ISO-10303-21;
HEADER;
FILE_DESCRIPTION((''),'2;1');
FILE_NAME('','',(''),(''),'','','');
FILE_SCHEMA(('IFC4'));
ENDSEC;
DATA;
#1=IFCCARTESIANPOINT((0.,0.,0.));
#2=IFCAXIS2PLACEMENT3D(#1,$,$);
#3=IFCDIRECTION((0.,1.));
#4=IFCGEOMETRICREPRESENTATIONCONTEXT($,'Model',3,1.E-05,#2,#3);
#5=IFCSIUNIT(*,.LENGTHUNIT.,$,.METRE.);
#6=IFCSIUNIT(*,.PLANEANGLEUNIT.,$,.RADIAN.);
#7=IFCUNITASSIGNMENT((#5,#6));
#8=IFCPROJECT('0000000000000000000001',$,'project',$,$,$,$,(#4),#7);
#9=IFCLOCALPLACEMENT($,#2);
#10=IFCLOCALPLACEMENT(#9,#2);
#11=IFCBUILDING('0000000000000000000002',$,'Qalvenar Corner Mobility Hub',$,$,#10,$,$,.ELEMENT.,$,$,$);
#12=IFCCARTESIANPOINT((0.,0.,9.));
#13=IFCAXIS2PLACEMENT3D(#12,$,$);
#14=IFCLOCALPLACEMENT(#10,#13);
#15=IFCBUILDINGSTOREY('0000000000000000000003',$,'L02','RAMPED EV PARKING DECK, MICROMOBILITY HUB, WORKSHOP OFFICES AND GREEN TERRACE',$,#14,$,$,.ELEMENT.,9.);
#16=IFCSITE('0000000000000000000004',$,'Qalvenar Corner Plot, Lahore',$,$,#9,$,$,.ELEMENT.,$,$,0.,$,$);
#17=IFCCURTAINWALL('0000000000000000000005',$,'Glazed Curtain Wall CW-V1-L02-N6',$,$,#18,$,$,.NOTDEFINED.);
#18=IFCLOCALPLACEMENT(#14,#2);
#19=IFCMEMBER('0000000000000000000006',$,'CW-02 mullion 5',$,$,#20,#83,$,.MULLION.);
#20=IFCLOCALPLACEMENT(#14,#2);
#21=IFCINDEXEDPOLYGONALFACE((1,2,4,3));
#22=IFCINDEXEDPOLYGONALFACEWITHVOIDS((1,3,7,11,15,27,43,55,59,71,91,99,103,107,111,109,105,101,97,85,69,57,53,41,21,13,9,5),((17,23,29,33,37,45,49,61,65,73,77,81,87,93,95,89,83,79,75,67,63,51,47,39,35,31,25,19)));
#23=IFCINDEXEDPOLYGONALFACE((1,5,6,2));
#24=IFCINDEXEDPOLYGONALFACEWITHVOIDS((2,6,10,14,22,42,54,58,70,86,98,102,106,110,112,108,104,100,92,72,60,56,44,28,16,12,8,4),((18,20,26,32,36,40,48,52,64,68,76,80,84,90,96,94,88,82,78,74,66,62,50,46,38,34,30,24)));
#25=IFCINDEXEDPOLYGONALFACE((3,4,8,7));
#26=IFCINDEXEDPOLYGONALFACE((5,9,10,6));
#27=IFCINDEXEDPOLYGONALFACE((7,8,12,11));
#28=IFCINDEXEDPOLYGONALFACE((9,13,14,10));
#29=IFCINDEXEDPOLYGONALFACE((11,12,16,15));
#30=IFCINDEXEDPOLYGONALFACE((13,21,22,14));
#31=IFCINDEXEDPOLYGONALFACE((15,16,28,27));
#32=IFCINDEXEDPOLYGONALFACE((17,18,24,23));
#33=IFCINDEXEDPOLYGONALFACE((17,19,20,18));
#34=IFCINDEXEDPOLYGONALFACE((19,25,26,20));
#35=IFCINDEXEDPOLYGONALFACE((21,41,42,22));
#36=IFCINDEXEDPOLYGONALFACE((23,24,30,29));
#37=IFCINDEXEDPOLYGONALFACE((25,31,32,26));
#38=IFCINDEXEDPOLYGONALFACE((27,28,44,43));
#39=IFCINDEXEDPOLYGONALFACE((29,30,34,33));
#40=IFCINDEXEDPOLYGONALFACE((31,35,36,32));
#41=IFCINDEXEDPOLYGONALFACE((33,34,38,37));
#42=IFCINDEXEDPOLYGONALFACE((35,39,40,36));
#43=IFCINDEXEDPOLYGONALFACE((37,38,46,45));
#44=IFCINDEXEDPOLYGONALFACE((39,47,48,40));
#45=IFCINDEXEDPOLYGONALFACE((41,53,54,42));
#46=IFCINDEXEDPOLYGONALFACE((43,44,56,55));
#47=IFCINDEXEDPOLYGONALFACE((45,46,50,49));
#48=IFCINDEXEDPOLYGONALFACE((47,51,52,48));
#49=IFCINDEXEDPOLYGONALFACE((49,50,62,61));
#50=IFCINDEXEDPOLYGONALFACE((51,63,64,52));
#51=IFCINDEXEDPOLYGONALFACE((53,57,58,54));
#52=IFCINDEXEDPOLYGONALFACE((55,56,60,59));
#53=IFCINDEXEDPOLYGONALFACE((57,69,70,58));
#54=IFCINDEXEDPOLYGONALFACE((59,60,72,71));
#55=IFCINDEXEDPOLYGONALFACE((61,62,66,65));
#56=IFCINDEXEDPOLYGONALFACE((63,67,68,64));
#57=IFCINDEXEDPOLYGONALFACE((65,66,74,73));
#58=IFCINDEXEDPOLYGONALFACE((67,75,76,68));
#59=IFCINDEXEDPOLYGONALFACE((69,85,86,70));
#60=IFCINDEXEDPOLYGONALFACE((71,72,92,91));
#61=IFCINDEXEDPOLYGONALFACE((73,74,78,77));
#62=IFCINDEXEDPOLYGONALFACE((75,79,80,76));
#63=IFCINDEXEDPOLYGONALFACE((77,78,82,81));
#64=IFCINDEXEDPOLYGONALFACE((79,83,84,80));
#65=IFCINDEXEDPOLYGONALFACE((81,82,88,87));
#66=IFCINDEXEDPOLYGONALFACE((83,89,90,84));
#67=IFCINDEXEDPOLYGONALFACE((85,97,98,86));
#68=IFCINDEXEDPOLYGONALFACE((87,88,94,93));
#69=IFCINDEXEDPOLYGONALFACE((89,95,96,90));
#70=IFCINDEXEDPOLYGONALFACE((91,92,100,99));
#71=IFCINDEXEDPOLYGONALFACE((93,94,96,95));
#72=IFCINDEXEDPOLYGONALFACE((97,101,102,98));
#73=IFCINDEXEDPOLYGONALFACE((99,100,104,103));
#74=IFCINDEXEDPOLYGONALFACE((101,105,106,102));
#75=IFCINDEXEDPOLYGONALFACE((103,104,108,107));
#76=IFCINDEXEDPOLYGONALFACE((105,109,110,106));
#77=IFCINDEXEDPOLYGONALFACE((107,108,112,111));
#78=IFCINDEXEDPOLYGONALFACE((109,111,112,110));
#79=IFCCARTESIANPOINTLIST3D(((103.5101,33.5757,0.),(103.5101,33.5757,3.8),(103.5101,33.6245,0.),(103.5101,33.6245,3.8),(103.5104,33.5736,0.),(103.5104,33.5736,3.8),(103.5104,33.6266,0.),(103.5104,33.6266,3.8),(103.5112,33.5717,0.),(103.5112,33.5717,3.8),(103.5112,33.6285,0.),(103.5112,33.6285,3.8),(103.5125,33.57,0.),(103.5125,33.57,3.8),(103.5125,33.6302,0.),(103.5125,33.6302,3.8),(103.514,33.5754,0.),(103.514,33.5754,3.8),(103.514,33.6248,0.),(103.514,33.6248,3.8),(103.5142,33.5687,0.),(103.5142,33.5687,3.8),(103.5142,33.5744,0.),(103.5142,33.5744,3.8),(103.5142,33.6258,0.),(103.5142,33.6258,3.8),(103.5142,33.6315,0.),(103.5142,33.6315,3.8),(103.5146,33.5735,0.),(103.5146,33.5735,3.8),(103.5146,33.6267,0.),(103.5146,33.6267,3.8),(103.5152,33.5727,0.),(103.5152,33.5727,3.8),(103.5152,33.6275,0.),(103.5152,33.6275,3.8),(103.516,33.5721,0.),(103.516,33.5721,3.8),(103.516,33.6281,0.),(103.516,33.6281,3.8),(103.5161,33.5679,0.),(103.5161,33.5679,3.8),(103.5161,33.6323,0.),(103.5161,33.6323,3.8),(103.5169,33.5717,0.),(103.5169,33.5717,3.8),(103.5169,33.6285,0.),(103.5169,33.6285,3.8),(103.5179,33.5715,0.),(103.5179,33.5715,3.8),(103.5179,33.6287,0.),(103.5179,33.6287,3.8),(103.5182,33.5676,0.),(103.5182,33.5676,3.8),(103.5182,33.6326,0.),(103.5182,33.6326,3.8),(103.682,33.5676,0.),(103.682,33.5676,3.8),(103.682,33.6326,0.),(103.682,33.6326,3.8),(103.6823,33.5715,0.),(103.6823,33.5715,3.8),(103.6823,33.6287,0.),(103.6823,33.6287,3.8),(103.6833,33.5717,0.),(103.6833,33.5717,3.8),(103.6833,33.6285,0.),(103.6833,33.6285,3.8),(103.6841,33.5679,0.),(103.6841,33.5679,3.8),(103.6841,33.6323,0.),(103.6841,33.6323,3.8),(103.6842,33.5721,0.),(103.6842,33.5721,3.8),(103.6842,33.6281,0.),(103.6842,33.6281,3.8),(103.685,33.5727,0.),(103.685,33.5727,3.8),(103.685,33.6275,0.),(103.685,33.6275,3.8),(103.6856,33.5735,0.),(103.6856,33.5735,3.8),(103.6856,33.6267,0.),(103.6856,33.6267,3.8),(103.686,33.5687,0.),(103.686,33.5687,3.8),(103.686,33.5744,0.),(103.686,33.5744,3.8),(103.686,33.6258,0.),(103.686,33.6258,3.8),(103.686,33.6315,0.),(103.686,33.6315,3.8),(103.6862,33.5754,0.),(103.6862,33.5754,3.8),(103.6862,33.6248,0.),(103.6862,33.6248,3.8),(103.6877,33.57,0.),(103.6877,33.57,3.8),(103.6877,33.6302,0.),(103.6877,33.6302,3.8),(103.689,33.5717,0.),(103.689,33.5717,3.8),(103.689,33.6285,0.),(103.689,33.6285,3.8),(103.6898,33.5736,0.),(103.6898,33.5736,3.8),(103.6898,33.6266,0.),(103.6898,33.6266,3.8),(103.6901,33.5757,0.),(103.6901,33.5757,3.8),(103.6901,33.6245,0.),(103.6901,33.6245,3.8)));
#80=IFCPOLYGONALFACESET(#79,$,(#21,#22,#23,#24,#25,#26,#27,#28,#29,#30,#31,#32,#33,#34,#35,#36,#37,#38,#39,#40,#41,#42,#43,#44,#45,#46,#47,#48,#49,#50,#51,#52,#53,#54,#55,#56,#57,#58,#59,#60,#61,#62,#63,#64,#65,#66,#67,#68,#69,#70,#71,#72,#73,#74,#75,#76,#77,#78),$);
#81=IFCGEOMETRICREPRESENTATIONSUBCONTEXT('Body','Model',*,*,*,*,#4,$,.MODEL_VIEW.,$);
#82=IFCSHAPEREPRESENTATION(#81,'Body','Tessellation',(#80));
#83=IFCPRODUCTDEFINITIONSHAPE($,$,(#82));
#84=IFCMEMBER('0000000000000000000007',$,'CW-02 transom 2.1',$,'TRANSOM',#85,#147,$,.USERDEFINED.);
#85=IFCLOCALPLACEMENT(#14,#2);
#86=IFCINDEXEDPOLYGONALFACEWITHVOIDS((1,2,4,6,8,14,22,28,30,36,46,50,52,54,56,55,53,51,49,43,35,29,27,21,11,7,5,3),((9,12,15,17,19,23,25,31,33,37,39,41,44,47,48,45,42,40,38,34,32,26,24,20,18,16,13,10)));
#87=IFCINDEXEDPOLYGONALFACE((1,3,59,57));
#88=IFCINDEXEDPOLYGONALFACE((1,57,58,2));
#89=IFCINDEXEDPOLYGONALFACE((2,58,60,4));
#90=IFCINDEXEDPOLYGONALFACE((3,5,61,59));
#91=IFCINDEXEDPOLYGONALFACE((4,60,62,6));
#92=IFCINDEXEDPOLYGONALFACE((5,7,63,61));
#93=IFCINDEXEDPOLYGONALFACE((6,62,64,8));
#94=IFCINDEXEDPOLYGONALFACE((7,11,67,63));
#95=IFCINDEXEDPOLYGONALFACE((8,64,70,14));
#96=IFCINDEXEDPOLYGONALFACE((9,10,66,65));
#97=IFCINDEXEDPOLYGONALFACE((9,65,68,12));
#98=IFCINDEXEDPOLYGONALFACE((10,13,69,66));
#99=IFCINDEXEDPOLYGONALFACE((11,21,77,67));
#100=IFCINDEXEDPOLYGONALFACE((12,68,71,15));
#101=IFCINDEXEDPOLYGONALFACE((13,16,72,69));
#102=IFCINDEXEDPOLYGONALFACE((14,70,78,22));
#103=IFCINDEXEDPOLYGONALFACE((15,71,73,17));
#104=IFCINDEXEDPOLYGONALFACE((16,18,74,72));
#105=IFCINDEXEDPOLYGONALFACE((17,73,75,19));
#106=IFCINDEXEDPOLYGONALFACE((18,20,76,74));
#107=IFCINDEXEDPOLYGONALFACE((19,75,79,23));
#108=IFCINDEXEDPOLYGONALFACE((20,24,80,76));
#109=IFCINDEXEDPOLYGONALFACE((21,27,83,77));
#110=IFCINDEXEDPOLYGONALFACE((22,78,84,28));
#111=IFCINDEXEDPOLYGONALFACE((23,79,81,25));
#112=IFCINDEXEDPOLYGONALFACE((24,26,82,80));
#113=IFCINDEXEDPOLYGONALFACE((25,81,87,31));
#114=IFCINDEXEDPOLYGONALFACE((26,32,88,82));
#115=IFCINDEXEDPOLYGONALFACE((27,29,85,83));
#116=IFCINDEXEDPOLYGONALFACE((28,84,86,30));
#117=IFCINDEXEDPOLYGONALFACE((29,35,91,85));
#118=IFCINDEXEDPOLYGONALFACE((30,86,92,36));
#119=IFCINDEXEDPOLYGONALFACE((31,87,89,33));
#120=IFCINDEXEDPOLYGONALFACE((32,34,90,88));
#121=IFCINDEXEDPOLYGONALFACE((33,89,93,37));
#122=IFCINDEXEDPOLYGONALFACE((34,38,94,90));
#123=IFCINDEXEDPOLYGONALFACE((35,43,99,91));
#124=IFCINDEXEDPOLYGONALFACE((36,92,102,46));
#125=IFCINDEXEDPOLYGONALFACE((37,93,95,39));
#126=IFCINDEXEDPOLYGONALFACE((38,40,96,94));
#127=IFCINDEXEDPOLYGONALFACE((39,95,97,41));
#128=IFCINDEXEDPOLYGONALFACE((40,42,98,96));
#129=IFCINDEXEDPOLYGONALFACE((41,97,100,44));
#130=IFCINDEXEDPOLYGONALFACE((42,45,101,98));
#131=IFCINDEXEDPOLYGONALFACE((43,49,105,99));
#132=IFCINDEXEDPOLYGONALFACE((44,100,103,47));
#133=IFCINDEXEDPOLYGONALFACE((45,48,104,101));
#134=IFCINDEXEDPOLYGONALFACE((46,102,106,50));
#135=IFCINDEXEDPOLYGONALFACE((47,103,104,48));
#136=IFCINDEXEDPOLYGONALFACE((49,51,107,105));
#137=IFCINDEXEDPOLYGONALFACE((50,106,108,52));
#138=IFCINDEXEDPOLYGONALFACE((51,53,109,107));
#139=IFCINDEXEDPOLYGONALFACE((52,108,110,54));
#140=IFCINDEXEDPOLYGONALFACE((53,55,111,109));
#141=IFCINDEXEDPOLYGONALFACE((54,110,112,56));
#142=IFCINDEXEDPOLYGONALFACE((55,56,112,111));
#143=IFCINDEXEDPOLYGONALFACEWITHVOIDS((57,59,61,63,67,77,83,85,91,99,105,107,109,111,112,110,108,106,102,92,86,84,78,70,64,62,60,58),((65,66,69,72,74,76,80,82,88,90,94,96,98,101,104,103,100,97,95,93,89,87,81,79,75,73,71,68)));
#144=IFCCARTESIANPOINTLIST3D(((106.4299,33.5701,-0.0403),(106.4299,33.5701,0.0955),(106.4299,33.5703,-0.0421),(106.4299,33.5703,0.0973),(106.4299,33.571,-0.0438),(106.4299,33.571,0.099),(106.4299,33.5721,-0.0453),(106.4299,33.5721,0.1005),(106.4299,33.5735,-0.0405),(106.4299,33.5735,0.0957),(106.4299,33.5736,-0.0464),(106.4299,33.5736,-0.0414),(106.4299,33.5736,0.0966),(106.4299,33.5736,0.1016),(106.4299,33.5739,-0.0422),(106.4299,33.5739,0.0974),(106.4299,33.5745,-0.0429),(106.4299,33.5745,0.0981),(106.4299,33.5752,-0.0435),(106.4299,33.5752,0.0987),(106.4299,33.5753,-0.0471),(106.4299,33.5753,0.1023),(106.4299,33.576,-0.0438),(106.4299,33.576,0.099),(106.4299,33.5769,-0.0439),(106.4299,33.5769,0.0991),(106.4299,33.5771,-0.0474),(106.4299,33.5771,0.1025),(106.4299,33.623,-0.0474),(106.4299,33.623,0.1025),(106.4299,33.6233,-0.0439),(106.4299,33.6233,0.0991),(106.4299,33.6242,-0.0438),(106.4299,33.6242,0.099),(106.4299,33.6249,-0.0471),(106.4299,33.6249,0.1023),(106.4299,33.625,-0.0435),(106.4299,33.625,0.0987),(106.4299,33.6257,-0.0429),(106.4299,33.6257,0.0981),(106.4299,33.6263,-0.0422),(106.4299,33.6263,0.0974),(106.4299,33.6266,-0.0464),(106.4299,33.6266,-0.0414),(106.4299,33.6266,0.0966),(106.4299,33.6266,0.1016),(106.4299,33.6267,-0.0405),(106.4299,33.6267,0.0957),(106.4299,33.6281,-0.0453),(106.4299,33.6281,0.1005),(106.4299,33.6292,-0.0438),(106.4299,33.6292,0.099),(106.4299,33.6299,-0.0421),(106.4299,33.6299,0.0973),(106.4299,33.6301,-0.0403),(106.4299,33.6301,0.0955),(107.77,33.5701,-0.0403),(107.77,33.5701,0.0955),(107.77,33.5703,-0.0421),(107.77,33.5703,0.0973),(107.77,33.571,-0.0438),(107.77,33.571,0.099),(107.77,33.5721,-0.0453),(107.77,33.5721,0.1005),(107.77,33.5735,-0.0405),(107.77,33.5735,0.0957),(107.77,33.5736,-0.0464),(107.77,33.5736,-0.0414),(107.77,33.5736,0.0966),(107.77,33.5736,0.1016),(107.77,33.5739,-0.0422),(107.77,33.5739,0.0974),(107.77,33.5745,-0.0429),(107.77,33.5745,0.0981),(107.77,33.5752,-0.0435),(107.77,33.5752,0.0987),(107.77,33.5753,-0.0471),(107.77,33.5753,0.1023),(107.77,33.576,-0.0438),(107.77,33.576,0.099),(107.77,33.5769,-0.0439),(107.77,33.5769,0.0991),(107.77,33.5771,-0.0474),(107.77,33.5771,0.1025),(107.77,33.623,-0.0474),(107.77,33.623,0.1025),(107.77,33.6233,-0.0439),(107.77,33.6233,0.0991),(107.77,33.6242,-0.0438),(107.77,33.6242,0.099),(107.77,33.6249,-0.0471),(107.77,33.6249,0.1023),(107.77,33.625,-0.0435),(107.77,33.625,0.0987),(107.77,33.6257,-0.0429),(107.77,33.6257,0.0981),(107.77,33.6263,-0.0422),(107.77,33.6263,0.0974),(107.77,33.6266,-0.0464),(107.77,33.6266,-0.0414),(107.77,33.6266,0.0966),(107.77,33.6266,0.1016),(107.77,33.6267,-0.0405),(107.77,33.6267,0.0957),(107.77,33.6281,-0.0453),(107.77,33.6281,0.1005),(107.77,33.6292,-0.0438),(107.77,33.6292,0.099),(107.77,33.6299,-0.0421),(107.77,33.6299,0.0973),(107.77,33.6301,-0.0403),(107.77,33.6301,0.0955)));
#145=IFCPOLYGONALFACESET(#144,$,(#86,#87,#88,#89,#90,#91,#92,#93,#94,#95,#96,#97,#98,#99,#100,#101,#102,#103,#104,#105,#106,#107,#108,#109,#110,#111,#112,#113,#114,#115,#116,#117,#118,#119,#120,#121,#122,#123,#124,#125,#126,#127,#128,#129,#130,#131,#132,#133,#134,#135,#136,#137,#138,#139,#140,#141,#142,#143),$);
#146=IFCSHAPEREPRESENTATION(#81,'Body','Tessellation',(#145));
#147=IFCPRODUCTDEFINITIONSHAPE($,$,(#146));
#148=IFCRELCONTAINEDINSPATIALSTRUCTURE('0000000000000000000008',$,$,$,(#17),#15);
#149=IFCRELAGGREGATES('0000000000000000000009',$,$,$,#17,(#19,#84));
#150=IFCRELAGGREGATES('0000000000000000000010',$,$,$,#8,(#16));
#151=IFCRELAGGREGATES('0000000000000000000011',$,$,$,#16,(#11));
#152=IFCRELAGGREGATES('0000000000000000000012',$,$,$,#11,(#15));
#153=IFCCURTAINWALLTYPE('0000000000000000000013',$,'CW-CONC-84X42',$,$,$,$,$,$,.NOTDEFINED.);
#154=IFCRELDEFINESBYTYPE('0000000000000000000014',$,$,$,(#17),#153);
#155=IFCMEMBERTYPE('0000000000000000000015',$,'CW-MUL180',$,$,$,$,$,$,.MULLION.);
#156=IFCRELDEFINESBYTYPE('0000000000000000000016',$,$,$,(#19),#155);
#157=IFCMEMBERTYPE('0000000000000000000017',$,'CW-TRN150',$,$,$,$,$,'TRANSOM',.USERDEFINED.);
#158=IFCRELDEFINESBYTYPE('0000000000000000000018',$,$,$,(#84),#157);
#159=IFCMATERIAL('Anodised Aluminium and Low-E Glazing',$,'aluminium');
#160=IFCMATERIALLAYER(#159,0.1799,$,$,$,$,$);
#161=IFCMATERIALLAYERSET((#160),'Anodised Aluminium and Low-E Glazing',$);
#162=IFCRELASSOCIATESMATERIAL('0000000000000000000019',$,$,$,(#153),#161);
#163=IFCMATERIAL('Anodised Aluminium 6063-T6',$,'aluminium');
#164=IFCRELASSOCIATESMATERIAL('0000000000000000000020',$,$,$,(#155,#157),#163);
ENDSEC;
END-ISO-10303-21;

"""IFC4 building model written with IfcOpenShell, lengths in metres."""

from ifc_helpers import new_model, si_unit, direction, frame, origin, origin_2d, place, context, subcontext, project, spatial, hollow_rectangle, extrude, material, layer, layer_set, material_profile, profile_set, type_object, element, aggregate, save


model = new_model("IFC4")

# Units and contexts
model_context = context("Model", 3, precision=1e-05, world=origin(), true_north=direction((0.0, 1.0)))
body_context = subcontext(model_context, "Body", "Model", "MODEL_VIEW")
ifc_project = project(units=[si_unit("LENGTHUNIT", "METRE"), si_unit("PLANEANGLEUNIT", "RADIAN")], contexts=[model_context])

# Site, building, storey
site_placement = place(None, origin())
site = spatial("IfcSite", under=ifc_project, at=site_placement, Name="Qalvenar Corner Plot, Lahore", CompositionType="ELEMENT", RefElevation=0.0)
building_placement = place(site_placement, origin())
building = spatial("IfcBuilding", under=site, at=building_placement, Name="Qalvenar Corner Mobility Hub", CompositionType="ELEMENT")
storey_placement = place(building_placement, frame((0.0, 0.0, 9.0)))
storey = spatial("IfcBuildingStorey", under=building, at=storey_placement, Name="L02", Description="RAMPED EV PARKING DECK, MICROMOBILITY HUB, WORKSHOP OFFICES AND GREEN TERRACE", CompositionType="ELEMENT", Elevation=9.0)

# Curtain wall, members
ifc_material_1 = material(Name="Anodised Aluminium and Low-E Glazing", Category="aluminium")
ifc_layer_1 = layer(ifc_material_1, 0.1799)
ifc_layer_set_1 = layer_set([ifc_layer_1], Name="Anodised Aluminium and Low-E Glazing")
curtain_wall_type = type_object("IfcCurtainWallType", Name="CW-CONC-84X42", PredefinedType="NOTDEFINED", material=ifc_layer_set_1)
curtain_wall_placement = place(storey_placement, origin())
curtain_wall = element("IfcCurtainWall", 1, at=curtain_wall_placement, inside=storey, type_object=curtain_wall_type, Name="Glazed Curtain Wall CW-V1-L02-N6", PredefinedType="NOTDEFINED")
ifc_material_2 = material(Name="Anodised Aluminium 6063-T6", Category="aluminium")
ifc_material_profile_1 = material_profile(ifc_material_2, hollow_rectangle(XDim=0.0649, YDim=0.1799, WallThickness=0.0039, InnerFilletRadius=0.0039, OuterFilletRadius=0.0081, at=origin_2d()), Name="RHS180x65x4")
ifc_profile_set_1 = profile_set([ifc_material_profile_1], Name="Anodised Aluminium 6063-T6")
member_type_1 = type_object("IfcMemberType", Name="CW-MUL180", PredefinedType="MULLION", material=ifc_profile_set_1)
member_1_placement = place(storey_placement, frame((103.6001, 33.6001, 0.0), z_axis=(0.0, 0.0, 1.0), x_axis=(0.0, -1.0, 0.0)))
member_1 = element("IfcMember", 2, at=member_1_placement, type_object=member_type_1, Name="CW-02 mullion 5", PredefinedType="MULLION", context=body_context, shape_type="SweptSolid", body=[
    extrude(hollow_rectangle(XDim=0.0649, YDim=0.1799, WallThickness=0.0039, InnerFilletRadius=0.0039, OuterFilletRadius=0.0081, at=origin_2d()), origin(), (0.0, 0.0, 1.0), 3.8),
])
ifc_material_profile_2 = material_profile(ifc_material_2, hollow_rectangle(XDim=0.0601, YDim=0.1499, WallThickness=0.0034, InnerFilletRadius=0.0034, OuterFilletRadius=0.0071, at=origin_2d()), Name="RHS150x60x3.5")
ifc_profile_set_2 = profile_set([ifc_material_profile_2], Name="Anodised Aluminium 6063-T6")
member_type_2 = type_object("IfcMemberType", Name="CW-TRN150", ElementType="TRANSOM", PredefinedType="USERDEFINED", material=ifc_profile_set_2)
member_2_placement = place(storey_placement, frame((107.77, 33.6001, 0.0276), z_axis=(-1.0, 0.0, 0.0), x_axis=(0.0, -1.0, 0.0)))
member_2 = element("IfcMember", 3, at=member_2_placement, type_object=member_type_2, Name="CW-02 transom 2.1", ObjectType="TRANSOM", PredefinedType="USERDEFINED", context=body_context, shape_type="SweptSolid", body=[
    extrude(hollow_rectangle(XDim=0.0601, YDim=0.1499, WallThickness=0.0034, InnerFilletRadius=0.0034, OuterFilletRadius=0.0071, at=origin_2d()), origin(), (0.0, 0.0, 1.0), 1.3401),
])

aggregate(curtain_wall, [member_1, member_2])

save(model, "model.ifc")
